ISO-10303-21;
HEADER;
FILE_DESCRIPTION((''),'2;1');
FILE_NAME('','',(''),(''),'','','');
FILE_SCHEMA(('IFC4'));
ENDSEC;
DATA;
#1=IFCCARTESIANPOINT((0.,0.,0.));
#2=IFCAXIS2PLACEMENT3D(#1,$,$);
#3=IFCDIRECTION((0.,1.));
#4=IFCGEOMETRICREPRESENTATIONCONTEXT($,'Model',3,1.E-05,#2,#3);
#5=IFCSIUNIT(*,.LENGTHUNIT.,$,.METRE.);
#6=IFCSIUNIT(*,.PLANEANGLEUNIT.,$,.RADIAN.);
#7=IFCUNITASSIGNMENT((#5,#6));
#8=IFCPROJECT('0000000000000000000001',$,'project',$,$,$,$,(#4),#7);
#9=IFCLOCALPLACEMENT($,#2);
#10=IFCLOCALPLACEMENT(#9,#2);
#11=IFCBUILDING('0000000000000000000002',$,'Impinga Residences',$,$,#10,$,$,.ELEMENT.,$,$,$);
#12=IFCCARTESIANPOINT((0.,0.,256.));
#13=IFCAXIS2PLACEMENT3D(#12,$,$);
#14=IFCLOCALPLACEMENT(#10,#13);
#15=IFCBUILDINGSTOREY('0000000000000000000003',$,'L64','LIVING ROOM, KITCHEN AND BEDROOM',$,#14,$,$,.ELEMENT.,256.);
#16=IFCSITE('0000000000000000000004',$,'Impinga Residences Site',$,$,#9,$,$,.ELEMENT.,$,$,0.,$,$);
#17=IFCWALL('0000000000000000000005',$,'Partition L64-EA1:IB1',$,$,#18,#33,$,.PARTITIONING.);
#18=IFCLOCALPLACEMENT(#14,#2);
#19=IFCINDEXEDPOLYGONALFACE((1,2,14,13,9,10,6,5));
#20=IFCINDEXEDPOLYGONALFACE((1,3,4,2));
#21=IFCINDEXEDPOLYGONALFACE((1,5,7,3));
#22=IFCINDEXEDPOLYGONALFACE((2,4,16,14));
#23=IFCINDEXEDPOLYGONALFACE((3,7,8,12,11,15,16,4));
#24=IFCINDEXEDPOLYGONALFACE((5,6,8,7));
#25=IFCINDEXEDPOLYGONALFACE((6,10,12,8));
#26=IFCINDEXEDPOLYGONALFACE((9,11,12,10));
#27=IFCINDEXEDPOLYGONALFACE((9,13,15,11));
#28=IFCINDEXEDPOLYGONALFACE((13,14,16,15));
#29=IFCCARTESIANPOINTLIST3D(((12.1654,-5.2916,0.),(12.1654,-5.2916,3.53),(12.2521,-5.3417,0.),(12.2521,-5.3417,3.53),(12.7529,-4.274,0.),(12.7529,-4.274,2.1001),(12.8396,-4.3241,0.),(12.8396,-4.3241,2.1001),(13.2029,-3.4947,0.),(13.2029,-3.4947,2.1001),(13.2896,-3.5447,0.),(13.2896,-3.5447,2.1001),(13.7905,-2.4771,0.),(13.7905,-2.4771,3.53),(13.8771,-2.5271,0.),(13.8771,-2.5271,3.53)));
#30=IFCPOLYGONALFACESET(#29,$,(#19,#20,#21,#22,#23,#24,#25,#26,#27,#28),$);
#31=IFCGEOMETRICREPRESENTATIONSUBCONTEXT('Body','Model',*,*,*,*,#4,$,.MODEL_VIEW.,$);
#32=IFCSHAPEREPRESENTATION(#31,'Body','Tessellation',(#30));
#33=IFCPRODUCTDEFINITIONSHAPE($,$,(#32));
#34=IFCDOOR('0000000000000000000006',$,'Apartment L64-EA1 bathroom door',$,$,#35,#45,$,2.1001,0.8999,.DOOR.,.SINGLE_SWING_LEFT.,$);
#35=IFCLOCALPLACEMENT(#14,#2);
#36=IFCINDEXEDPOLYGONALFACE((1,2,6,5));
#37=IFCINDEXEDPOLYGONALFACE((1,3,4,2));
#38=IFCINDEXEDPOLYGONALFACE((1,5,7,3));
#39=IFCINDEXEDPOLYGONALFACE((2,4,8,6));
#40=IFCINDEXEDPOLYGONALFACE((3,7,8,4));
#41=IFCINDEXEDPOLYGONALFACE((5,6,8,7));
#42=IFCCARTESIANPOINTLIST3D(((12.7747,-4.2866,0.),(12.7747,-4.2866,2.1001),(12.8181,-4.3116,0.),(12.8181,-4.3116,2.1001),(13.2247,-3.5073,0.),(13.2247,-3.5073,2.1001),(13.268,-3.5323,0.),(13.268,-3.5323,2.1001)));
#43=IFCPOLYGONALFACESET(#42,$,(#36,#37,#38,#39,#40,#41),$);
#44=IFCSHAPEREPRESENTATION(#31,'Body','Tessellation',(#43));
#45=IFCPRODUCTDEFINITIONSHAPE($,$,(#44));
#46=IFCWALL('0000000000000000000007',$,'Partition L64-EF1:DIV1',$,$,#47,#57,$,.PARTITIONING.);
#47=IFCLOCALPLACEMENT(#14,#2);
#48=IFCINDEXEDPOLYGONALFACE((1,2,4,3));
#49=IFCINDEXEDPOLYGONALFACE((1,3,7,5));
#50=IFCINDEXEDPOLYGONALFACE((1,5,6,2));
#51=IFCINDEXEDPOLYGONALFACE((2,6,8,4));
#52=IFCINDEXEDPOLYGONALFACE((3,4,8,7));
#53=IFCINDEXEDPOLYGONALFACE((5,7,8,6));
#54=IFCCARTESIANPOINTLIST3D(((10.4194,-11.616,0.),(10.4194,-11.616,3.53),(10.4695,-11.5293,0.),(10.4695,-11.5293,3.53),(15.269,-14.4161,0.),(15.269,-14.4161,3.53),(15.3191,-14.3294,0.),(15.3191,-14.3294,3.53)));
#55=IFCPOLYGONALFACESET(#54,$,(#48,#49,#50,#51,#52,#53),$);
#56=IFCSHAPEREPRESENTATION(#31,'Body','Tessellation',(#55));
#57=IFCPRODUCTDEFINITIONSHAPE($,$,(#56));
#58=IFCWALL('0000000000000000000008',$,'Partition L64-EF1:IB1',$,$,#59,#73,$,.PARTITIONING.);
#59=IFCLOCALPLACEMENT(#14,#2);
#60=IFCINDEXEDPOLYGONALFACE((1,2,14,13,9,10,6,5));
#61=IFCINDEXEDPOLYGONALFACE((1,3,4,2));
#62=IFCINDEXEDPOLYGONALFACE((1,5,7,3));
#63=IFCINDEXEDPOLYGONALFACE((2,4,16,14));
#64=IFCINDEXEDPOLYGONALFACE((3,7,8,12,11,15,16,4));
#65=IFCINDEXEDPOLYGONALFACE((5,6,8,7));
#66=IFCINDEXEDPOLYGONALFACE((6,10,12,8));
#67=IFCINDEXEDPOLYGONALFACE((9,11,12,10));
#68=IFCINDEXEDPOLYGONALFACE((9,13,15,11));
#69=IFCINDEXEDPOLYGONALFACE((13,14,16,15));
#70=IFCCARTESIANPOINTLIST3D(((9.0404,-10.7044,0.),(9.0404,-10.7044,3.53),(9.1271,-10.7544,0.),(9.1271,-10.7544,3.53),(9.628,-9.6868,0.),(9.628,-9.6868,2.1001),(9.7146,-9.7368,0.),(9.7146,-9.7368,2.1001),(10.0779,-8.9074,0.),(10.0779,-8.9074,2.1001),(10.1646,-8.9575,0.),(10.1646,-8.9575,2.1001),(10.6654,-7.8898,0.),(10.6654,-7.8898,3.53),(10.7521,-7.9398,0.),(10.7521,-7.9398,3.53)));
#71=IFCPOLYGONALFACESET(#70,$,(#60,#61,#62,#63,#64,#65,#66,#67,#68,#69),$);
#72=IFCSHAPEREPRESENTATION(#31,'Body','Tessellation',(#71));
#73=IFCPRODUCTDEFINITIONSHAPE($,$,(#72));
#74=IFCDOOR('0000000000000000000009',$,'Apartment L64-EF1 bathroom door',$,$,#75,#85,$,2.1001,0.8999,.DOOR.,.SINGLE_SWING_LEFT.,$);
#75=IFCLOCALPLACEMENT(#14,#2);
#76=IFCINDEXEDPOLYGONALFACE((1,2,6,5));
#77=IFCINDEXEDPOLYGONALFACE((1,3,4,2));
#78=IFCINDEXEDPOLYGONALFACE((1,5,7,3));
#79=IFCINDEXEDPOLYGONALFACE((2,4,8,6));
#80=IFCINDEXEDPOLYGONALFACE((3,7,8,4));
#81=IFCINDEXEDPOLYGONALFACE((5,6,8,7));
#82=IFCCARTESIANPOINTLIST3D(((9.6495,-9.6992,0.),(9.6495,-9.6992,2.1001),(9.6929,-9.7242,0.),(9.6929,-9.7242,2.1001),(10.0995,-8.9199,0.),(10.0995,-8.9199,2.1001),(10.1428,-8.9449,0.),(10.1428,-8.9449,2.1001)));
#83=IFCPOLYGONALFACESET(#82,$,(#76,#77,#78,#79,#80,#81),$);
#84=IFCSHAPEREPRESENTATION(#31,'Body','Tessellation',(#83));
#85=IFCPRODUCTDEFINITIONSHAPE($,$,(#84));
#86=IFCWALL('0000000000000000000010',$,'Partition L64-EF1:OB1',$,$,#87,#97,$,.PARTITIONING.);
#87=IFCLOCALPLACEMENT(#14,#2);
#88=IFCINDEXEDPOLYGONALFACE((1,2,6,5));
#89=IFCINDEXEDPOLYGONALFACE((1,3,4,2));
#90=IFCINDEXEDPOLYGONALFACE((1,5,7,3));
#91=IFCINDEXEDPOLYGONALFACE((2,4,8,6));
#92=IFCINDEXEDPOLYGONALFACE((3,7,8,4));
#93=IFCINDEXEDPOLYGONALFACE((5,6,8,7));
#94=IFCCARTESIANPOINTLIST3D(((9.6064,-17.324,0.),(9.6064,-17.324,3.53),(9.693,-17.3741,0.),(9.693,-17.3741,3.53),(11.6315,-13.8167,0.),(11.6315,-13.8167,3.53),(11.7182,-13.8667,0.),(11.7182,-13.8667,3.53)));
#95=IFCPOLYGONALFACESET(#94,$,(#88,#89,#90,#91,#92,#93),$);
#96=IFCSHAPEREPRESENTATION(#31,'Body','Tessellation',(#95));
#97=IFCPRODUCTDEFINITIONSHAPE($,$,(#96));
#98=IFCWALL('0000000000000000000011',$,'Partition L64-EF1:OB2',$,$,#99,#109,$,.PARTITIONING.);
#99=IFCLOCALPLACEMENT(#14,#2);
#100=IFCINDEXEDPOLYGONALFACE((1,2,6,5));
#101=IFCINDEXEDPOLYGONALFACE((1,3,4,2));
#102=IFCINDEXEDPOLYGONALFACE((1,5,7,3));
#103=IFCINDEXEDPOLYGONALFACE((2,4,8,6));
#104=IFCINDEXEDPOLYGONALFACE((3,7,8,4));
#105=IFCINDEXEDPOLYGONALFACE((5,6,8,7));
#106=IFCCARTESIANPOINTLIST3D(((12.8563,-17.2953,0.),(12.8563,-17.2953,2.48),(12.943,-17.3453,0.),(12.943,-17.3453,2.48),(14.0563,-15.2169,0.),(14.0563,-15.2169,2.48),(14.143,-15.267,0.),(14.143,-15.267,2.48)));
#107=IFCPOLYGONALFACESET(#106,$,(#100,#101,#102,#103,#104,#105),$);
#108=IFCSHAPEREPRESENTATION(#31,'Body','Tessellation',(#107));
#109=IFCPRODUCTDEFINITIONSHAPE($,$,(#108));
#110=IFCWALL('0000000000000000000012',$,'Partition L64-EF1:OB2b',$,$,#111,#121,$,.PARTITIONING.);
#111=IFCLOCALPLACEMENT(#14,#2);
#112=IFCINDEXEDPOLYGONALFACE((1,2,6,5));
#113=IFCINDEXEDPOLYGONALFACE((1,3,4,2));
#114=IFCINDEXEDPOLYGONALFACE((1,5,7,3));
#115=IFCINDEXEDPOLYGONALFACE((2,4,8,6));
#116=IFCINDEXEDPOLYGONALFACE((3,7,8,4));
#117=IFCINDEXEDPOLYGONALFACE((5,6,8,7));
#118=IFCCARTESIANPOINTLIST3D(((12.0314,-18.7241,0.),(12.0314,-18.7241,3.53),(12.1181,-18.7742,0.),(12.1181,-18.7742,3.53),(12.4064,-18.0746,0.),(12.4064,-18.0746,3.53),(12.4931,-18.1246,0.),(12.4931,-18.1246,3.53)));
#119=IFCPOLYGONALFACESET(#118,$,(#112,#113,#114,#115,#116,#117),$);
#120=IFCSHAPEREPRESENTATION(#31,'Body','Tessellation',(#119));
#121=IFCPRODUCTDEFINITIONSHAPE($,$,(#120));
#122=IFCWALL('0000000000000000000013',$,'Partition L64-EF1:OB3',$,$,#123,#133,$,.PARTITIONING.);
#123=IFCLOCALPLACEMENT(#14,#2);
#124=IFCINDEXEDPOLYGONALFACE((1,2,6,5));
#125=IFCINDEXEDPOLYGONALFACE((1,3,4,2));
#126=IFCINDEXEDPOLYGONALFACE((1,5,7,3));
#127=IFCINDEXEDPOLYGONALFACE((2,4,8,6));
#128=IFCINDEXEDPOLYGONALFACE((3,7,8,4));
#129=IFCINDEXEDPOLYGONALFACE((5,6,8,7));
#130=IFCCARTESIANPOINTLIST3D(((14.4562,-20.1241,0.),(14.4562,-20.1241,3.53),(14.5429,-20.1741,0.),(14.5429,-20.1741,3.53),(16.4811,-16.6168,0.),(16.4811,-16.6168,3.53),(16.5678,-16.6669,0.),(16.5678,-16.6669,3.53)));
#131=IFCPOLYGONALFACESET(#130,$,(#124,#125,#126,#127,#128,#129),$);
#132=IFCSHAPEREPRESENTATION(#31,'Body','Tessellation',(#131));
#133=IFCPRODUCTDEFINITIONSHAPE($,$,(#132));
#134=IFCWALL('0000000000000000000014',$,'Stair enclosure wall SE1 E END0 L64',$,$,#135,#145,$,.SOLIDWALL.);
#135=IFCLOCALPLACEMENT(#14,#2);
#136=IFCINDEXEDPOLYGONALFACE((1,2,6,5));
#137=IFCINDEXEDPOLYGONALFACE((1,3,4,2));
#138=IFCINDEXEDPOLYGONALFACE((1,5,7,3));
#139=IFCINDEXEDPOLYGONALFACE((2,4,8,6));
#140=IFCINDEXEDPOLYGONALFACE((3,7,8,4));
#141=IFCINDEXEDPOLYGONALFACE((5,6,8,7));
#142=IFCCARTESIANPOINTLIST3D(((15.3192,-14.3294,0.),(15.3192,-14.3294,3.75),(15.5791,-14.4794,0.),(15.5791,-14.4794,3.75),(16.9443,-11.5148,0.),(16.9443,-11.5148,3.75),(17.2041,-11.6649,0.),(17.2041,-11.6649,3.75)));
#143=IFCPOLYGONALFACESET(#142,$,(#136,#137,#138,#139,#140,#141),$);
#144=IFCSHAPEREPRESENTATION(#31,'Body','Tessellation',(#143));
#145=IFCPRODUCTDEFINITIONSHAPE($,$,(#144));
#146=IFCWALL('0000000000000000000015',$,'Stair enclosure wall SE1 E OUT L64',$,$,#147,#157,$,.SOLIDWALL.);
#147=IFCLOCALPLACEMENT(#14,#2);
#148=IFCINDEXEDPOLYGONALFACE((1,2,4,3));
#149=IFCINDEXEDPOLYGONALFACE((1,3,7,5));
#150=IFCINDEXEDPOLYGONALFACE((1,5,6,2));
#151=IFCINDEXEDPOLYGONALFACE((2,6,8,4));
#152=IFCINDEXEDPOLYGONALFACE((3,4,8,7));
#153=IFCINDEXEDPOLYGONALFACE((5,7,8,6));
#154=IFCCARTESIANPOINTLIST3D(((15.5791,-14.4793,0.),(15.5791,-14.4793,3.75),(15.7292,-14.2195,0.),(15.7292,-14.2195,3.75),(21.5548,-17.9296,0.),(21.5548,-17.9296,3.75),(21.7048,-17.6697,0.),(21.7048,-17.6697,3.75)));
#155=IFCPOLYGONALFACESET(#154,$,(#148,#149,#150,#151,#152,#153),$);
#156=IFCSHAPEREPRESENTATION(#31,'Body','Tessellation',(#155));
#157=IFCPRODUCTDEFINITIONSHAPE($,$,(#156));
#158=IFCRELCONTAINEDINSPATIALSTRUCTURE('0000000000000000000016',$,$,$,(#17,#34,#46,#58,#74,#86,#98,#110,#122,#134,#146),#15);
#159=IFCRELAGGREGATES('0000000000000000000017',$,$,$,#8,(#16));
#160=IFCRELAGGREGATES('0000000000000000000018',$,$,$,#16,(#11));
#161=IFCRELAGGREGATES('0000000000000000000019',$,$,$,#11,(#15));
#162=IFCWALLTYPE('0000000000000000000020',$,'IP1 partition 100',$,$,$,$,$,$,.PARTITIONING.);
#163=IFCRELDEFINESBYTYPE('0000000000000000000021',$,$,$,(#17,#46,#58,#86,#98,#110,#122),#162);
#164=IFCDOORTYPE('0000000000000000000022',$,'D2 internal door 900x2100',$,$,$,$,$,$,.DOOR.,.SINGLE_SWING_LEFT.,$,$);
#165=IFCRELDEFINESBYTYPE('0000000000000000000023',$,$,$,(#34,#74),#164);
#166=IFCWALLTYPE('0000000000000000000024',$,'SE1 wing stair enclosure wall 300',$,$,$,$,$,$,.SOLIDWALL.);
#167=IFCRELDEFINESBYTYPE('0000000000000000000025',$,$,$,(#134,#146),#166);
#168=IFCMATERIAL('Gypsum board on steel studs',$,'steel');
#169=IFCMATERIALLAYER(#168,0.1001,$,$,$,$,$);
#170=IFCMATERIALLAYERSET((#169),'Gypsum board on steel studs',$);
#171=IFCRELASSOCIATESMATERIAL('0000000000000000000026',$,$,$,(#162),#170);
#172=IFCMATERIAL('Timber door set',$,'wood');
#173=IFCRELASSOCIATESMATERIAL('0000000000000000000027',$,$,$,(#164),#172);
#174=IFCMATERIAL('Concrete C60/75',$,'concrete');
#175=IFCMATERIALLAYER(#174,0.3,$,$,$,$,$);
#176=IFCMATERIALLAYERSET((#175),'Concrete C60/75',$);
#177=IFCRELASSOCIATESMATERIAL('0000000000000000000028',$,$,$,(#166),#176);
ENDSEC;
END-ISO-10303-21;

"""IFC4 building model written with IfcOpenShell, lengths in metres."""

from ifc_helpers import new_model, si_unit, direction, frame, frame_2d, origin, place, context, subcontext, project, spatial, rectangle, extrude, material, layer, layer_set, type_object, element, fill, save


model = new_model("IFC4")

# Units and contexts
model_context = context("Model", 3, precision=1e-05, world=origin(), true_north=direction((0.0, 1.0)))
body_context = subcontext(model_context, "Body", "Model", "MODEL_VIEW")
ifc_project = project(units=[si_unit("LENGTHUNIT", "METRE"), si_unit("PLANEANGLEUNIT", "RADIAN")], contexts=[model_context])

# Site, building, storey
site_placement = place(None, origin())
site = spatial("IfcSite", under=ifc_project, at=site_placement, Name="Impinga Residences Site", CompositionType="ELEMENT", RefElevation=0.0)
building_placement = place(site_placement, origin())
building = spatial("IfcBuilding", under=site, at=building_placement, Name="Impinga Residences", CompositionType="ELEMENT")
storey_placement = place(building_placement, frame((0.0, 0.0, 256.0)))
storey = spatial("IfcBuildingStorey", under=building, at=storey_placement, Name="L64", Description="LIVING ROOM, KITCHEN AND BEDROOM", CompositionType="ELEMENT", Elevation=256.0)

# Shared definitions
ifc_material_1 = material(Name="Concrete C60/75", Category="concrete")

# Shared definitions
ifc_material_2 = material(Name="Timber door set", Category="wood")

# Shared definitions
ifc_material_3 = material(Name="Gypsum board on steel studs", Category="steel")
ifc_layer_1 = layer(ifc_material_3, 0.1001)
ifc_layer_set_1 = layer_set([ifc_layer_1], Name="Gypsum board on steel studs")
wall_type_1 = type_object("IfcWallType", Name="IP1 partition 100", PredefinedType="PARTITIONING", material=ifc_layer_set_1)

# Wall, opening, door
wall_1_placement = place(storey_placement, frame((12.2087, -5.3167, 0.0), z_axis=(0.0, 0.0, 1.0), x_axis=(0.500017, 0.866015, 0.0)))
wall_1 = element("IfcWall", 1, at=wall_1_placement, inside=storey, type_object=wall_type_1, Name="Partition L64-EA1:IB1", PredefinedType="PARTITIONING", context=body_context, shape_type="SweptSolid", body=[
    extrude(rectangle(XDim=3.25, YDim=0.1001, at=frame_2d((1.625, 0.0))), origin(), (0.0, 0.0, 1.0), 3.53),
])
opening_1_placement = place(wall_1_placement, frame((1.175, 0.0, 0.0)))
opening_1 = element("IfcOpeningElement", 2, at=opening_1_placement, cuts=wall_1, PredefinedType="OPENING", context=body_context, shape_type="SweptSolid", body=[
    extrude(rectangle(XDim=0.8999, YDim=2.1001, at=frame_2d((0.45, 1.05))), frame((0.0, 0.0601, 0.0), z_axis=(0.0, -1.0, 0.0), x_axis=(1.0, 0.0, 0.0)), (0.0, 0.0, 1.0), 0.1201),
])
door_type_1 = type_object("IfcDoorType", Name="D2 internal door 900x2100", OperationType="SINGLE_SWING_LEFT", PredefinedType="DOOR", material=ifc_material_2)
door_1_placement = place(opening_1_placement, origin())
door_1 = element("IfcDoor", 3, at=door_1_placement, inside=storey, type_object=door_type_1, Name="Apartment L64-EA1 bathroom door", OperationType="SINGLE_SWING_LEFT", OverallHeight=2.1001, OverallWidth=0.8999, PredefinedType="DOOR", context=body_context, shape_type="SweptSolid", body=[
    extrude(rectangle(XDim=0.8999, YDim=2.1001, at=frame_2d((0.45, 1.05))), frame((0.0, 0.0249, 0.0), z_axis=(0.0, -1.0, 0.0), x_axis=(1.0, 0.0, 0.0)), (0.0, 0.0, 1.0), 0.05),
])
fill(opening_1, door_1)

# Wall
wall_2_placement = place(storey_placement, frame((10.4446, -11.5728, 0.0), z_axis=(0.0, 0.0, 1.0), x_axis=(0.866016, -0.500017, 0.0)))
element("IfcWall", 4, at=wall_2_placement, inside=storey, type_object=wall_type_1, Name="Partition L64-EF1:DIV1", PredefinedType="PARTITIONING", context=body_context, shape_type="SweptSolid", body=[
    extrude(rectangle(XDim=5.5999, YDim=0.1001, at=frame_2d((2.7998, 0.0))), origin(), (0.0, 0.0, 1.0), 3.53),
])

# Wall, opening, door
wall_3_placement = place(storey_placement, frame((10.7087, -7.9148, 0.0), z_axis=(0.0, 0.0, 1.0), x_axis=(-0.499985, -0.866034, 0.0)))
wall_3 = element("IfcWall", 5, at=wall_3_placement, inside=storey, type_object=wall_type_1, Name="Partition L64-EF1:IB1", PredefinedType="PARTITIONING", context=body_context, shape_type="SweptSolid", body=[
    extrude(rectangle(XDim=3.25, YDim=0.1001, at=frame_2d((1.625, 0.0))), origin(), (0.0, 0.0, 1.0), 3.53),
])
opening_2_placement = place(wall_3_placement, frame((1.175, 0.0, 0.0)))
opening_2 = element("IfcOpeningElement", 6, at=opening_2_placement, cuts=wall_3, PredefinedType="OPENING", context=body_context, shape_type="SweptSolid", body=[
    extrude(rectangle(XDim=0.8999, YDim=2.1001, at=frame_2d((0.45, 1.05))), frame((0.0, 0.0601, 0.0), z_axis=(0.0, -1.0, 0.0), x_axis=(1.0, 0.0, 0.0)), (0.0, 0.0, 1.0), 0.1201),
])
door_2_placement = place(opening_2_placement, origin())
door_2 = element("IfcDoor", 7, at=door_2_placement, inside=storey, type_object=door_type_1, Name="Apartment L64-EF1 bathroom door", OperationType="SINGLE_SWING_LEFT", OverallHeight=2.1001, OverallWidth=0.8999, PredefinedType="DOOR", context=body_context, shape_type="SweptSolid", body=[
    extrude(rectangle(XDim=0.8999, YDim=2.1001, at=frame_2d((0.45, 1.05))), frame((0.0, 0.0249, 0.0), z_axis=(0.0, -1.0, 0.0), x_axis=(1.0, 0.0, 0.0)), (0.0, 0.0, 1.0), 0.05),
])
fill(opening_2, door_2)

# Walls
wall_4_placement = place(storey_placement, frame((11.6748, -13.8418, 0.0), z_axis=(0.0, 0.0, 1.0), x_axis=(-0.500036, -0.866005, 0.0)))
element("IfcWall", 8, at=wall_4_placement, inside=storey, type_object=wall_type_1, Name="Partition L64-EF1:OB1", PredefinedType="PARTITIONING", context=body_context, shape_type="SweptSolid", body=[
    extrude(rectangle(XDim=4.05, YDim=0.1001, at=frame_2d((2.0249, 0.0))), origin(), (0.0, 0.0, 1.0), 3.53),
])
wall_5_placement = place(storey_placement, frame((14.0996, -15.2419, 0.0), z_axis=(0.0, 0.0, 1.0), x_axis=(-0.500001, -0.866025, 0.0)))
element("IfcWall", 9, at=wall_5_placement, inside=storey, type_object=wall_type_1, Name="Partition L64-EF1:OB2", PredefinedType="PARTITIONING", context=body_context, shape_type="SweptSolid", body=[
    extrude(rectangle(XDim=2.3999, YDim=0.1001, at=frame_2d((1.2, 0.0))), origin(), (0.0, 0.0, 1.0), 2.48),
])
wall_6_placement = place(storey_placement, frame((12.4497, -18.0996, 0.0), z_axis=(0.0, 0.0, 1.0), x_axis=(-0.49992, -0.866072, 0.0)))
element("IfcWall", 10, at=wall_6_placement, inside=storey, type_object=wall_type_1, Name="Partition L64-EF1:OB2b", PredefinedType="PARTITIONING", context=body_context, shape_type="SweptSolid", body=[
    extrude(rectangle(XDim=0.75, YDim=0.1001, at=frame_2d((0.375, 0.0))), origin(), (0.0, 0.0, 1.0), 3.53),
])
wall_7_placement = place(storey_placement, frame((16.5244, -16.6418, 0.0), z_axis=(0.0, 0.0, 1.0), x_axis=(-0.49999, -0.866031, 0.0)))
element("IfcWall", 11, at=wall_7_placement, inside=storey, type_object=wall_type_1, Name="Partition L64-EF1:OB3", PredefinedType="PARTITIONING", context=body_context, shape_type="SweptSolid", body=[
    extrude(rectangle(XDim=4.0498, YDim=0.1001, at=frame_2d((2.0249, 0.0))), origin(), (0.0, 0.0, 1.0), 3.53),
])
ifc_layer_2 = layer(ifc_material_1, 0.3)
ifc_layer_set_2 = layer_set([ifc_layer_2], Name="Concrete C60/75")
wall_type_2 = type_object("IfcWallType", Name="SE1 wing stair enclosure wall 300", PredefinedType="SOLIDWALL", material=ifc_layer_set_2)
wall_8_placement = place(storey_placement, frame((17.0742, -11.5898, 0.0), z_axis=(0.0, 0.0, 1.0), x_axis=(-0.500017, -0.866015, 0.0)))
element("IfcWall", 12, at=wall_8_placement, inside=storey, type_object=wall_type_2, Name="Stair enclosure wall SE1 E END0 L64", PredefinedType="SOLIDWALL", context=body_context, shape_type="SweptSolid", body=[
    extrude(rectangle(XDim=3.25, YDim=0.3, at=frame_2d((1.625, 0.0))), origin(), (0.0, 0.0, 1.0), 3.75),
])
wall_9_placement = place(storey_placement, frame((15.6541, -14.3494, 0.0), z_axis=(0.0, 0.0, 1.0), x_axis=(0.866014, -0.500021, 0.0)))
element("IfcWall", 13, at=wall_9_placement, inside=storey, type_object=wall_type_2, Name="Stair enclosure wall SE1 E OUT L64", PredefinedType="SOLIDWALL", context=body_context, shape_type="SweptSolid", body=[
    extrude(rectangle(XDim=6.9001, YDim=0.3, at=frame_2d((3.4502, 0.0))), origin(), (0.0, 0.0, 1.0), 3.75),
])

save(model, "model.ifc")
